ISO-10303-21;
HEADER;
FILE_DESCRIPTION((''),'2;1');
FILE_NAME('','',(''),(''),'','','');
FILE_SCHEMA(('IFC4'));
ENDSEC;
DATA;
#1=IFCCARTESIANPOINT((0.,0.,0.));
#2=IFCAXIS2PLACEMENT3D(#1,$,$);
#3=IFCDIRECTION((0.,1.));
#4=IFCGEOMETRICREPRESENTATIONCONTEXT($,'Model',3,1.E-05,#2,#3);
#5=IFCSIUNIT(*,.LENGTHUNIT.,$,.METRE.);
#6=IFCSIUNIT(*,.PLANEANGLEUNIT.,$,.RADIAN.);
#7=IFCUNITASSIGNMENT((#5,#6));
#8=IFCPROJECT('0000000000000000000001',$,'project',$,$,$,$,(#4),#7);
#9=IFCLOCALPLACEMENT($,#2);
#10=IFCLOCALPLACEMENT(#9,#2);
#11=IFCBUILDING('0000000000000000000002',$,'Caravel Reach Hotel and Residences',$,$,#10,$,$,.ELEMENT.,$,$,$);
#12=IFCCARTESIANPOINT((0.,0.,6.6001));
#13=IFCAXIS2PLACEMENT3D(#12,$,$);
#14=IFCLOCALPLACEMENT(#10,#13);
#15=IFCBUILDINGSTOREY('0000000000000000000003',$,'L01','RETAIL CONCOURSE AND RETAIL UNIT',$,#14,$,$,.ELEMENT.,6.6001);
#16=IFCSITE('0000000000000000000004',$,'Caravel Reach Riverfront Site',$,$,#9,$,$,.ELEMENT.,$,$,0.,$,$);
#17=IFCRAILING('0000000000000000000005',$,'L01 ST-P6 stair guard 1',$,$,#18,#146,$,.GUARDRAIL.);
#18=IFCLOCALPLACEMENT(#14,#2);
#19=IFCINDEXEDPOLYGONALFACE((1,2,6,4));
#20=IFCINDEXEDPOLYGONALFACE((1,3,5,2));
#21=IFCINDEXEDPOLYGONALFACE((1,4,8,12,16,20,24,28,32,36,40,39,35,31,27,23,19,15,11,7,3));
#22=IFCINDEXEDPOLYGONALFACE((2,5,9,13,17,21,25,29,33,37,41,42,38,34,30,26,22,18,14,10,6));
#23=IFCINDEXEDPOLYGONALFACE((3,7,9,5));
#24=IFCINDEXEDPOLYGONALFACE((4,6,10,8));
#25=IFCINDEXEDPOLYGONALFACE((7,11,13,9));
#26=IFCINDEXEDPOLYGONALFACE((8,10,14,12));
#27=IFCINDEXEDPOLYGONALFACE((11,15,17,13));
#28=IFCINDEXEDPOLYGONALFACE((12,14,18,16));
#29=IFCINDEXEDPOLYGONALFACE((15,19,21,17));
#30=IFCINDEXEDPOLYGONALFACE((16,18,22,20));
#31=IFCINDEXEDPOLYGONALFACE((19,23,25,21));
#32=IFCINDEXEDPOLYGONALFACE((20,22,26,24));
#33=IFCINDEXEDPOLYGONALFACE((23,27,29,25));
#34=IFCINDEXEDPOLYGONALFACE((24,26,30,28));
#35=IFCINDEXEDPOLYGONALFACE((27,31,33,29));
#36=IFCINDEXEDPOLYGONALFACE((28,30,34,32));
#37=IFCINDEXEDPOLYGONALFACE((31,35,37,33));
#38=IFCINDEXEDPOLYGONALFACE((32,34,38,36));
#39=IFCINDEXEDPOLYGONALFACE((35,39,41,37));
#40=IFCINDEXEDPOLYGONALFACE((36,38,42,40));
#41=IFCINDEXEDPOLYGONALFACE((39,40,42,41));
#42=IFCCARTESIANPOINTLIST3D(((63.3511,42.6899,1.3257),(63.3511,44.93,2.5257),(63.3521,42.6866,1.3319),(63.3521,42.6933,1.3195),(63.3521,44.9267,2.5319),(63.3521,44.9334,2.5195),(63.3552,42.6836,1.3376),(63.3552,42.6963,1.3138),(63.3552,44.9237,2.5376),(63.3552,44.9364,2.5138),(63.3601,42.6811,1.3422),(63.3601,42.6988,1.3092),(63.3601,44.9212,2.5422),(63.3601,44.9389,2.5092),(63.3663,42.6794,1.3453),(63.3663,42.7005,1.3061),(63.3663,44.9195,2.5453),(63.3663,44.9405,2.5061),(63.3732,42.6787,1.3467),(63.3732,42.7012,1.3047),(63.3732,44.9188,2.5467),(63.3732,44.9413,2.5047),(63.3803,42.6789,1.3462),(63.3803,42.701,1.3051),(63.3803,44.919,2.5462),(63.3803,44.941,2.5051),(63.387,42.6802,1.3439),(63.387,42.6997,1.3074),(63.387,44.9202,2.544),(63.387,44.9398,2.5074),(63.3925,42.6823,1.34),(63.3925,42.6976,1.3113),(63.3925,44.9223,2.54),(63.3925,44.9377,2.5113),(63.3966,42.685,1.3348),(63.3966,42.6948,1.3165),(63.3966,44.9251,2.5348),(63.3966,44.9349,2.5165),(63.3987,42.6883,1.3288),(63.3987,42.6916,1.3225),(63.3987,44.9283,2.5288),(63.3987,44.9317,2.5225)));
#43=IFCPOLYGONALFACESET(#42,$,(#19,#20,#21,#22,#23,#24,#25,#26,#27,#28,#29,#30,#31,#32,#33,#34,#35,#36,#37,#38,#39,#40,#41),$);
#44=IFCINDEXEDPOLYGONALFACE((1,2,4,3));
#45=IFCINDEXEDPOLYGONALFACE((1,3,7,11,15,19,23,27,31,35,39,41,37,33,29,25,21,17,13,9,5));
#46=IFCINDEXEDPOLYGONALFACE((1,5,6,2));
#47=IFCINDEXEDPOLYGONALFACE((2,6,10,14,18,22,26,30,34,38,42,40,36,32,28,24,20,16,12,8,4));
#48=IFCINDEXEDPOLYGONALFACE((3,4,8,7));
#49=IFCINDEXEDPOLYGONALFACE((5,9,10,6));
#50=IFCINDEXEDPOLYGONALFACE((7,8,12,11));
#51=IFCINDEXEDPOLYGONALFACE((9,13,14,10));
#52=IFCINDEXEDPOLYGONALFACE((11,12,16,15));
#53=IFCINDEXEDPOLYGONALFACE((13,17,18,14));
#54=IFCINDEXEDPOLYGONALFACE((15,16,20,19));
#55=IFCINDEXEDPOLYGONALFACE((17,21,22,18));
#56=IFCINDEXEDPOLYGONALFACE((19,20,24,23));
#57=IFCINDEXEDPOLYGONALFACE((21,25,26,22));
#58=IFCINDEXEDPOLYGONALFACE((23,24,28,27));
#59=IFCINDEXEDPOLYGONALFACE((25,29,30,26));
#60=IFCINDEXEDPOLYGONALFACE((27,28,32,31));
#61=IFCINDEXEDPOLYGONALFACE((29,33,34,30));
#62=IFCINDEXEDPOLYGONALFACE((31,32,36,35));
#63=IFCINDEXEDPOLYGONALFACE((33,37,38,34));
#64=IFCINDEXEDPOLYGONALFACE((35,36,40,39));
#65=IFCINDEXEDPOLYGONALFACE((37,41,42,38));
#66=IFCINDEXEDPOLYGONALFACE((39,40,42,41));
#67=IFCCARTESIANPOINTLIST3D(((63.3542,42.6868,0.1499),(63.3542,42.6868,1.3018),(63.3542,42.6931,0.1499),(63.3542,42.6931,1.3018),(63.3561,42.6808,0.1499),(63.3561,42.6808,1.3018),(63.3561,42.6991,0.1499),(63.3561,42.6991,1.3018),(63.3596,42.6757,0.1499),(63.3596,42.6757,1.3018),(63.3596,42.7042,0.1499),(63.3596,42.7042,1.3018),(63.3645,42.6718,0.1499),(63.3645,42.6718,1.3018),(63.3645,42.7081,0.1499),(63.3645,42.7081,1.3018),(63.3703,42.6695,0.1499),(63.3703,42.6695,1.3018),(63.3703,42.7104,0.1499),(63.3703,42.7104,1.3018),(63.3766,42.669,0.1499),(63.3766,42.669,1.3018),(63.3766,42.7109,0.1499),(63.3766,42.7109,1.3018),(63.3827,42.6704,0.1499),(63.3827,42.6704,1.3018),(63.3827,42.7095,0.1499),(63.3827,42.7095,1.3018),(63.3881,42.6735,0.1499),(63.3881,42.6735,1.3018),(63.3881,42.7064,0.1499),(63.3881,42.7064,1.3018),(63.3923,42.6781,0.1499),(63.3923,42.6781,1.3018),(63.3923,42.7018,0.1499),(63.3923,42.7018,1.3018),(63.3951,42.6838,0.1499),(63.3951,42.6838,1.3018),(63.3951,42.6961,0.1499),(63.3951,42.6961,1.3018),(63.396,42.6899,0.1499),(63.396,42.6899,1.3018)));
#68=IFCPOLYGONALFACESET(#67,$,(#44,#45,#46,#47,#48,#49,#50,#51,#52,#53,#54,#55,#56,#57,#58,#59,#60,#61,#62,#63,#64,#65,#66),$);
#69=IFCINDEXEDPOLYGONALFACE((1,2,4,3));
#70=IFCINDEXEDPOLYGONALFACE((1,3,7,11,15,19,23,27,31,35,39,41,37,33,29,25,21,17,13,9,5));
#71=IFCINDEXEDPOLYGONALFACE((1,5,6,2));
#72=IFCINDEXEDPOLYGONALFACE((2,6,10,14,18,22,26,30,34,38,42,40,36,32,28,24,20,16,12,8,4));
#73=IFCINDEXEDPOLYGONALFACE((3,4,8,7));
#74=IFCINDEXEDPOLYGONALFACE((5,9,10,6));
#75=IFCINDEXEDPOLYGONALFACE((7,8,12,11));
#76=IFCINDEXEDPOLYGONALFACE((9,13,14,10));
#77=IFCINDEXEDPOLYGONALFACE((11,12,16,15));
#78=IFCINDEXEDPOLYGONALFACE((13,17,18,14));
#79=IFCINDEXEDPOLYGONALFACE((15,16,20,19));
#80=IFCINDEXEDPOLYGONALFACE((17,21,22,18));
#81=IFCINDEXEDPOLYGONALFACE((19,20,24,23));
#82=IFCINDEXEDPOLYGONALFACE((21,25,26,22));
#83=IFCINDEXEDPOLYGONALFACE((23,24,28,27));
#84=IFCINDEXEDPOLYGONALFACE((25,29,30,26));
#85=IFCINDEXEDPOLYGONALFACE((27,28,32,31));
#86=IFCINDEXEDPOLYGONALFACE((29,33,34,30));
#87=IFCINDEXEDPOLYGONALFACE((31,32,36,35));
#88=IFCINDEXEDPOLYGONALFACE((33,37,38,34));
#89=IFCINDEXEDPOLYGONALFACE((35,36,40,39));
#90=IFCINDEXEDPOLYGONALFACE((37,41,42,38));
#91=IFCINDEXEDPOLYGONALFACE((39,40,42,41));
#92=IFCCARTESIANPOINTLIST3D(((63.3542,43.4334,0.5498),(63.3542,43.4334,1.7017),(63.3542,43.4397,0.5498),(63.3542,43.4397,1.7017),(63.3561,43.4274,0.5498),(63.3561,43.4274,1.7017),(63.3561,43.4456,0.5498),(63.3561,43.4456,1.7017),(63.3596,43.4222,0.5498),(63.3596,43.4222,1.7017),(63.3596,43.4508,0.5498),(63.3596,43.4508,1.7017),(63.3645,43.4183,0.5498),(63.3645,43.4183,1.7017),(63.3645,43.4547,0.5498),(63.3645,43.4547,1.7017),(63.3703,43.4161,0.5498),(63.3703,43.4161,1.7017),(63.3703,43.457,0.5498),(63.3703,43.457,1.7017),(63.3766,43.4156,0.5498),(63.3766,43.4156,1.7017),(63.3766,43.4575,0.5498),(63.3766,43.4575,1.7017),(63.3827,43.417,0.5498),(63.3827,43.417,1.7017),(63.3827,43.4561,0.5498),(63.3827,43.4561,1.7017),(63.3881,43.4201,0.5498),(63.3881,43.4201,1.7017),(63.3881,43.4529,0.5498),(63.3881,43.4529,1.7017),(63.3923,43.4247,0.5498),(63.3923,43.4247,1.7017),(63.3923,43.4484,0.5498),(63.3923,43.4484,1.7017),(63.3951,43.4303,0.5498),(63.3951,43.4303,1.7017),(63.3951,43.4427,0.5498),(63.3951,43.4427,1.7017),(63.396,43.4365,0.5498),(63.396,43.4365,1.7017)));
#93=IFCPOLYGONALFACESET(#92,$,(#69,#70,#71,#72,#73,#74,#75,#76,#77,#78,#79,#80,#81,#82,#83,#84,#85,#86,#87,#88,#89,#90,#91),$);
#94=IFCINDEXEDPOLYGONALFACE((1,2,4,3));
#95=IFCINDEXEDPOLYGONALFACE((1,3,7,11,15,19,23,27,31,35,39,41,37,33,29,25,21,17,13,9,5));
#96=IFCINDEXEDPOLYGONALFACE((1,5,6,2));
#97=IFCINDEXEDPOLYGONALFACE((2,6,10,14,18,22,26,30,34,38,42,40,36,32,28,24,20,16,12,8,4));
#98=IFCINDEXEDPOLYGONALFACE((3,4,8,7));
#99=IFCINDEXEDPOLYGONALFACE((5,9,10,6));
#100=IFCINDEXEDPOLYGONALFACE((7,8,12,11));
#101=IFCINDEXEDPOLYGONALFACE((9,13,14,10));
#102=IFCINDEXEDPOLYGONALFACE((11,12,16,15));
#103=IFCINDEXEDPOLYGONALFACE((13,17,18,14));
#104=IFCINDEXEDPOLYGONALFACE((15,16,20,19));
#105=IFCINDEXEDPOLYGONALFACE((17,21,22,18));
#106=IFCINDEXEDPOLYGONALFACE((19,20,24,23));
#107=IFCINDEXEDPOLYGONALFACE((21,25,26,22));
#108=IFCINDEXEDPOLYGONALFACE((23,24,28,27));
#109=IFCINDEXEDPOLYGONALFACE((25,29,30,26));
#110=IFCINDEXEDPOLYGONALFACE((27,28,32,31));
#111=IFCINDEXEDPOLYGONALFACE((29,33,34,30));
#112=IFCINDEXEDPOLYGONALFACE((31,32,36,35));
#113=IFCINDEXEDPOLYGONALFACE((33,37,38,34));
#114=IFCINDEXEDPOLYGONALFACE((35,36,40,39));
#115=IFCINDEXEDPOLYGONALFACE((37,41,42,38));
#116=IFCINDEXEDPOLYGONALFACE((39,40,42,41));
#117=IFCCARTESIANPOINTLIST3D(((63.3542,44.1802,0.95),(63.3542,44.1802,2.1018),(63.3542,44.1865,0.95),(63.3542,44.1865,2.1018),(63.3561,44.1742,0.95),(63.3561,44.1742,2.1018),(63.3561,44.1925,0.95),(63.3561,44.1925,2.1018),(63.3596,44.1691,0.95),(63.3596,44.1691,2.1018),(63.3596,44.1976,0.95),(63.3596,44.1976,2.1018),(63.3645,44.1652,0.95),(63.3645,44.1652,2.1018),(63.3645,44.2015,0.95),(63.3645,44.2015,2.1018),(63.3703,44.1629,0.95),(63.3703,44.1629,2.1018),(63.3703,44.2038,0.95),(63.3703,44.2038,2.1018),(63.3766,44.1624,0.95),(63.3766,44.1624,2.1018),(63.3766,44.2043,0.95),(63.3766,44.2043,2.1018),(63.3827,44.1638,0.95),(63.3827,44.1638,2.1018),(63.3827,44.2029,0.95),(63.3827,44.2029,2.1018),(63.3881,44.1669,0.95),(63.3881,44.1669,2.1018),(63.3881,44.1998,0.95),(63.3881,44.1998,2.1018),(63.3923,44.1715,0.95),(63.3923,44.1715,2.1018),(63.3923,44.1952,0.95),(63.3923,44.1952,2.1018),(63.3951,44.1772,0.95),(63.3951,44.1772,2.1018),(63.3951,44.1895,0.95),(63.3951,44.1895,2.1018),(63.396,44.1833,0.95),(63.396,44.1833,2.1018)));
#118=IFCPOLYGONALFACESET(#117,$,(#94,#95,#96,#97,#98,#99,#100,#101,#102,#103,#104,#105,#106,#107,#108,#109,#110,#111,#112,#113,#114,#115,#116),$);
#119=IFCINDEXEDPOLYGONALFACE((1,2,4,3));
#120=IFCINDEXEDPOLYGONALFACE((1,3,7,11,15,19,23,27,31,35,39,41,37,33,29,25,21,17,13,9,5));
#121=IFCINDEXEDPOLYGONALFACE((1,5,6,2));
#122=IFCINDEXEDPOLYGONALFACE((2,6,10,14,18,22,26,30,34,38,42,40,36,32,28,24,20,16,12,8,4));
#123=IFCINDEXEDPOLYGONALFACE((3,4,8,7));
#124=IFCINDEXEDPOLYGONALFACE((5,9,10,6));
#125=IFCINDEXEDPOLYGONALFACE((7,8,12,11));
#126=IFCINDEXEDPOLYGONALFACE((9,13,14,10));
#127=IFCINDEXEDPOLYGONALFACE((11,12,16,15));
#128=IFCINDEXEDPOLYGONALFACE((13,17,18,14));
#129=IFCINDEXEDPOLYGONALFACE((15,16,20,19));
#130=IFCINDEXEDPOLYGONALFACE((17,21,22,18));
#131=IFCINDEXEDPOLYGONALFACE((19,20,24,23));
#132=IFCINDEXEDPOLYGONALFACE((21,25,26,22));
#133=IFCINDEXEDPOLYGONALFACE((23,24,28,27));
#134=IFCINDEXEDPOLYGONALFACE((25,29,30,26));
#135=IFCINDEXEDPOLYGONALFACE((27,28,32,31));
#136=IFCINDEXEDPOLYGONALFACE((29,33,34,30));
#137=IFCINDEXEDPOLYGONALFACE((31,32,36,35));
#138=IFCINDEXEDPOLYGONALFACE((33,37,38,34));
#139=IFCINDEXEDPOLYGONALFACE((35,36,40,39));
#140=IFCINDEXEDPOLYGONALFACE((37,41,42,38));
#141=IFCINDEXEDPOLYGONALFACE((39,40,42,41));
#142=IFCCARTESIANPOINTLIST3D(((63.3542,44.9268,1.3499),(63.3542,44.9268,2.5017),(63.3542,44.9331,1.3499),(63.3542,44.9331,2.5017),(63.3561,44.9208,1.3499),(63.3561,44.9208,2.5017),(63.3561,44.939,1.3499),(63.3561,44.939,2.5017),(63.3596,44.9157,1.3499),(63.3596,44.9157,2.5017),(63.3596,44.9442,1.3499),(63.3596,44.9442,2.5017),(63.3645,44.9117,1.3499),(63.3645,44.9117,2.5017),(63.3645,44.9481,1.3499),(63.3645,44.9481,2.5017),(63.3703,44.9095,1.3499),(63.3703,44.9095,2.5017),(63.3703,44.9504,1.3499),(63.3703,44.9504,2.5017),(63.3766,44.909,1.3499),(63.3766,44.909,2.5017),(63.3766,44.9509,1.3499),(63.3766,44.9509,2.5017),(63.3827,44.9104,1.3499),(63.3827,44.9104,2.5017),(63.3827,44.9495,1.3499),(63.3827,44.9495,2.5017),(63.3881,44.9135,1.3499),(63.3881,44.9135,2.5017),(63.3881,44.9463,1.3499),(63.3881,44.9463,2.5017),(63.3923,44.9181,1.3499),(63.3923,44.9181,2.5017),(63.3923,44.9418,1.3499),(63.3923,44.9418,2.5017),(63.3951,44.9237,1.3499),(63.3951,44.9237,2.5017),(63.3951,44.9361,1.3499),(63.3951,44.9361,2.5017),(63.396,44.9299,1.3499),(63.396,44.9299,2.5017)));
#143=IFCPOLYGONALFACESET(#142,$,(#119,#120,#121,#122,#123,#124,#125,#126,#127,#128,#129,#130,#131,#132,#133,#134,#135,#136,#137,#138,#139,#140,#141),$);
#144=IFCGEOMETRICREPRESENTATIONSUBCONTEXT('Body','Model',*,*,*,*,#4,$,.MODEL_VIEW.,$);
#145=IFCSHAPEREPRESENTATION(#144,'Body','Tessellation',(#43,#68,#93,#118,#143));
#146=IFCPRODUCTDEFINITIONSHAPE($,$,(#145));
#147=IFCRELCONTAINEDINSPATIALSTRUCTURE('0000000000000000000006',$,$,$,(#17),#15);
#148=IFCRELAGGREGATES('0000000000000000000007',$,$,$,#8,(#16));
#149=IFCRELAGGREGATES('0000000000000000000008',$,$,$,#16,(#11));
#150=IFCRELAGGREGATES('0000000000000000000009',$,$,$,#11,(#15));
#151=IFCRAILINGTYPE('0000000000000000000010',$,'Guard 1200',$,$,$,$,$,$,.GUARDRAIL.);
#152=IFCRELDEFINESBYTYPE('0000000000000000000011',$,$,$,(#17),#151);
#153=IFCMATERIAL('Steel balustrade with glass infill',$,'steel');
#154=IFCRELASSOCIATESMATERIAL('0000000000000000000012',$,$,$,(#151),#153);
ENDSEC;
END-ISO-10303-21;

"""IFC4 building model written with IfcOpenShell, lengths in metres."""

from ifc_helpers import new_model, si_unit, direction, frame, origin, origin_2d, place, context, subcontext, project, spatial, circle, extrude, material, type_object, element, save


model = new_model("IFC4")

# Units and contexts
model_context = context("Model", 3, precision=1e-05, world=origin(), true_north=direction((0.0, 1.0)))
body_context = subcontext(model_context, "Body", "Model", "MODEL_VIEW")
ifc_project = project(units=[si_unit("LENGTHUNIT", "METRE"), si_unit("PLANEANGLEUNIT", "RADIAN")], contexts=[model_context])

# Site, building, storey
site_placement = place(None, origin())
site = spatial("IfcSite", under=ifc_project, at=site_placement, Name="Caravel Reach Riverfront Site", CompositionType="ELEMENT", RefElevation=0.0)
building_placement = place(site_placement, origin())
building = spatial("IfcBuilding", under=site, at=building_placement, Name="Caravel Reach Hotel and Residences", CompositionType="ELEMENT")
storey_placement = place(building_placement, frame((0.0, 0.0, 6.6001)))
storey = spatial("IfcBuildingStorey", under=building, at=storey_placement, Name="L01", Description="RETAIL CONCOURSE AND RETAIL UNIT", CompositionType="ELEMENT", Elevation=6.6001)

# Railing
ifc_material_1 = material(Name="Steel balustrade with glass infill", Category="steel")
railing_type_1 = type_object("IfcRailingType", Name="Guard 1200", PredefinedType="GUARDRAIL", material=ifc_material_1)
railing_1_placement = place(storey_placement, frame((63.375, 42.6899, 0.1499)))
element("IfcRailing", 1, at=railing_1_placement, inside=storey, type_object=railing_type_1, Name="L01 ST-P6 stair guard 1", PredefinedType="GUARDRAIL", context=body_context, shape_type="SweptSolid", body=[
    extrude(circle(Radius=0.0239, at=origin_2d()), frame((0.0, 0.0, 1.1758), z_axis=(0.0, 0.881487, 0.472208), x_axis=(-1.0, 0.0, 0.0)), (0.0, 0.0, 1.0), 2.5413),
    extrude(circle(Radius=0.021, at=origin_2d()), origin(), (0.0, 0.0, 1.0), 1.1519),
    extrude(circle(Radius=0.021, at=origin_2d()), frame((0.0, 0.7466, 0.3999)), (0.0, 0.0, 1.0), 1.1519),
    extrude(circle(Radius=0.021, at=origin_2d()), frame((0.0, 1.4934, 0.8)), (0.0, 0.0, 1.0), 1.1519),
    extrude(circle(Radius=0.021, at=origin_2d()), frame((0.0, 2.24, 1.2)), (0.0, 0.0, 1.0), 1.1519),
])

save(model, "model.ifc")
